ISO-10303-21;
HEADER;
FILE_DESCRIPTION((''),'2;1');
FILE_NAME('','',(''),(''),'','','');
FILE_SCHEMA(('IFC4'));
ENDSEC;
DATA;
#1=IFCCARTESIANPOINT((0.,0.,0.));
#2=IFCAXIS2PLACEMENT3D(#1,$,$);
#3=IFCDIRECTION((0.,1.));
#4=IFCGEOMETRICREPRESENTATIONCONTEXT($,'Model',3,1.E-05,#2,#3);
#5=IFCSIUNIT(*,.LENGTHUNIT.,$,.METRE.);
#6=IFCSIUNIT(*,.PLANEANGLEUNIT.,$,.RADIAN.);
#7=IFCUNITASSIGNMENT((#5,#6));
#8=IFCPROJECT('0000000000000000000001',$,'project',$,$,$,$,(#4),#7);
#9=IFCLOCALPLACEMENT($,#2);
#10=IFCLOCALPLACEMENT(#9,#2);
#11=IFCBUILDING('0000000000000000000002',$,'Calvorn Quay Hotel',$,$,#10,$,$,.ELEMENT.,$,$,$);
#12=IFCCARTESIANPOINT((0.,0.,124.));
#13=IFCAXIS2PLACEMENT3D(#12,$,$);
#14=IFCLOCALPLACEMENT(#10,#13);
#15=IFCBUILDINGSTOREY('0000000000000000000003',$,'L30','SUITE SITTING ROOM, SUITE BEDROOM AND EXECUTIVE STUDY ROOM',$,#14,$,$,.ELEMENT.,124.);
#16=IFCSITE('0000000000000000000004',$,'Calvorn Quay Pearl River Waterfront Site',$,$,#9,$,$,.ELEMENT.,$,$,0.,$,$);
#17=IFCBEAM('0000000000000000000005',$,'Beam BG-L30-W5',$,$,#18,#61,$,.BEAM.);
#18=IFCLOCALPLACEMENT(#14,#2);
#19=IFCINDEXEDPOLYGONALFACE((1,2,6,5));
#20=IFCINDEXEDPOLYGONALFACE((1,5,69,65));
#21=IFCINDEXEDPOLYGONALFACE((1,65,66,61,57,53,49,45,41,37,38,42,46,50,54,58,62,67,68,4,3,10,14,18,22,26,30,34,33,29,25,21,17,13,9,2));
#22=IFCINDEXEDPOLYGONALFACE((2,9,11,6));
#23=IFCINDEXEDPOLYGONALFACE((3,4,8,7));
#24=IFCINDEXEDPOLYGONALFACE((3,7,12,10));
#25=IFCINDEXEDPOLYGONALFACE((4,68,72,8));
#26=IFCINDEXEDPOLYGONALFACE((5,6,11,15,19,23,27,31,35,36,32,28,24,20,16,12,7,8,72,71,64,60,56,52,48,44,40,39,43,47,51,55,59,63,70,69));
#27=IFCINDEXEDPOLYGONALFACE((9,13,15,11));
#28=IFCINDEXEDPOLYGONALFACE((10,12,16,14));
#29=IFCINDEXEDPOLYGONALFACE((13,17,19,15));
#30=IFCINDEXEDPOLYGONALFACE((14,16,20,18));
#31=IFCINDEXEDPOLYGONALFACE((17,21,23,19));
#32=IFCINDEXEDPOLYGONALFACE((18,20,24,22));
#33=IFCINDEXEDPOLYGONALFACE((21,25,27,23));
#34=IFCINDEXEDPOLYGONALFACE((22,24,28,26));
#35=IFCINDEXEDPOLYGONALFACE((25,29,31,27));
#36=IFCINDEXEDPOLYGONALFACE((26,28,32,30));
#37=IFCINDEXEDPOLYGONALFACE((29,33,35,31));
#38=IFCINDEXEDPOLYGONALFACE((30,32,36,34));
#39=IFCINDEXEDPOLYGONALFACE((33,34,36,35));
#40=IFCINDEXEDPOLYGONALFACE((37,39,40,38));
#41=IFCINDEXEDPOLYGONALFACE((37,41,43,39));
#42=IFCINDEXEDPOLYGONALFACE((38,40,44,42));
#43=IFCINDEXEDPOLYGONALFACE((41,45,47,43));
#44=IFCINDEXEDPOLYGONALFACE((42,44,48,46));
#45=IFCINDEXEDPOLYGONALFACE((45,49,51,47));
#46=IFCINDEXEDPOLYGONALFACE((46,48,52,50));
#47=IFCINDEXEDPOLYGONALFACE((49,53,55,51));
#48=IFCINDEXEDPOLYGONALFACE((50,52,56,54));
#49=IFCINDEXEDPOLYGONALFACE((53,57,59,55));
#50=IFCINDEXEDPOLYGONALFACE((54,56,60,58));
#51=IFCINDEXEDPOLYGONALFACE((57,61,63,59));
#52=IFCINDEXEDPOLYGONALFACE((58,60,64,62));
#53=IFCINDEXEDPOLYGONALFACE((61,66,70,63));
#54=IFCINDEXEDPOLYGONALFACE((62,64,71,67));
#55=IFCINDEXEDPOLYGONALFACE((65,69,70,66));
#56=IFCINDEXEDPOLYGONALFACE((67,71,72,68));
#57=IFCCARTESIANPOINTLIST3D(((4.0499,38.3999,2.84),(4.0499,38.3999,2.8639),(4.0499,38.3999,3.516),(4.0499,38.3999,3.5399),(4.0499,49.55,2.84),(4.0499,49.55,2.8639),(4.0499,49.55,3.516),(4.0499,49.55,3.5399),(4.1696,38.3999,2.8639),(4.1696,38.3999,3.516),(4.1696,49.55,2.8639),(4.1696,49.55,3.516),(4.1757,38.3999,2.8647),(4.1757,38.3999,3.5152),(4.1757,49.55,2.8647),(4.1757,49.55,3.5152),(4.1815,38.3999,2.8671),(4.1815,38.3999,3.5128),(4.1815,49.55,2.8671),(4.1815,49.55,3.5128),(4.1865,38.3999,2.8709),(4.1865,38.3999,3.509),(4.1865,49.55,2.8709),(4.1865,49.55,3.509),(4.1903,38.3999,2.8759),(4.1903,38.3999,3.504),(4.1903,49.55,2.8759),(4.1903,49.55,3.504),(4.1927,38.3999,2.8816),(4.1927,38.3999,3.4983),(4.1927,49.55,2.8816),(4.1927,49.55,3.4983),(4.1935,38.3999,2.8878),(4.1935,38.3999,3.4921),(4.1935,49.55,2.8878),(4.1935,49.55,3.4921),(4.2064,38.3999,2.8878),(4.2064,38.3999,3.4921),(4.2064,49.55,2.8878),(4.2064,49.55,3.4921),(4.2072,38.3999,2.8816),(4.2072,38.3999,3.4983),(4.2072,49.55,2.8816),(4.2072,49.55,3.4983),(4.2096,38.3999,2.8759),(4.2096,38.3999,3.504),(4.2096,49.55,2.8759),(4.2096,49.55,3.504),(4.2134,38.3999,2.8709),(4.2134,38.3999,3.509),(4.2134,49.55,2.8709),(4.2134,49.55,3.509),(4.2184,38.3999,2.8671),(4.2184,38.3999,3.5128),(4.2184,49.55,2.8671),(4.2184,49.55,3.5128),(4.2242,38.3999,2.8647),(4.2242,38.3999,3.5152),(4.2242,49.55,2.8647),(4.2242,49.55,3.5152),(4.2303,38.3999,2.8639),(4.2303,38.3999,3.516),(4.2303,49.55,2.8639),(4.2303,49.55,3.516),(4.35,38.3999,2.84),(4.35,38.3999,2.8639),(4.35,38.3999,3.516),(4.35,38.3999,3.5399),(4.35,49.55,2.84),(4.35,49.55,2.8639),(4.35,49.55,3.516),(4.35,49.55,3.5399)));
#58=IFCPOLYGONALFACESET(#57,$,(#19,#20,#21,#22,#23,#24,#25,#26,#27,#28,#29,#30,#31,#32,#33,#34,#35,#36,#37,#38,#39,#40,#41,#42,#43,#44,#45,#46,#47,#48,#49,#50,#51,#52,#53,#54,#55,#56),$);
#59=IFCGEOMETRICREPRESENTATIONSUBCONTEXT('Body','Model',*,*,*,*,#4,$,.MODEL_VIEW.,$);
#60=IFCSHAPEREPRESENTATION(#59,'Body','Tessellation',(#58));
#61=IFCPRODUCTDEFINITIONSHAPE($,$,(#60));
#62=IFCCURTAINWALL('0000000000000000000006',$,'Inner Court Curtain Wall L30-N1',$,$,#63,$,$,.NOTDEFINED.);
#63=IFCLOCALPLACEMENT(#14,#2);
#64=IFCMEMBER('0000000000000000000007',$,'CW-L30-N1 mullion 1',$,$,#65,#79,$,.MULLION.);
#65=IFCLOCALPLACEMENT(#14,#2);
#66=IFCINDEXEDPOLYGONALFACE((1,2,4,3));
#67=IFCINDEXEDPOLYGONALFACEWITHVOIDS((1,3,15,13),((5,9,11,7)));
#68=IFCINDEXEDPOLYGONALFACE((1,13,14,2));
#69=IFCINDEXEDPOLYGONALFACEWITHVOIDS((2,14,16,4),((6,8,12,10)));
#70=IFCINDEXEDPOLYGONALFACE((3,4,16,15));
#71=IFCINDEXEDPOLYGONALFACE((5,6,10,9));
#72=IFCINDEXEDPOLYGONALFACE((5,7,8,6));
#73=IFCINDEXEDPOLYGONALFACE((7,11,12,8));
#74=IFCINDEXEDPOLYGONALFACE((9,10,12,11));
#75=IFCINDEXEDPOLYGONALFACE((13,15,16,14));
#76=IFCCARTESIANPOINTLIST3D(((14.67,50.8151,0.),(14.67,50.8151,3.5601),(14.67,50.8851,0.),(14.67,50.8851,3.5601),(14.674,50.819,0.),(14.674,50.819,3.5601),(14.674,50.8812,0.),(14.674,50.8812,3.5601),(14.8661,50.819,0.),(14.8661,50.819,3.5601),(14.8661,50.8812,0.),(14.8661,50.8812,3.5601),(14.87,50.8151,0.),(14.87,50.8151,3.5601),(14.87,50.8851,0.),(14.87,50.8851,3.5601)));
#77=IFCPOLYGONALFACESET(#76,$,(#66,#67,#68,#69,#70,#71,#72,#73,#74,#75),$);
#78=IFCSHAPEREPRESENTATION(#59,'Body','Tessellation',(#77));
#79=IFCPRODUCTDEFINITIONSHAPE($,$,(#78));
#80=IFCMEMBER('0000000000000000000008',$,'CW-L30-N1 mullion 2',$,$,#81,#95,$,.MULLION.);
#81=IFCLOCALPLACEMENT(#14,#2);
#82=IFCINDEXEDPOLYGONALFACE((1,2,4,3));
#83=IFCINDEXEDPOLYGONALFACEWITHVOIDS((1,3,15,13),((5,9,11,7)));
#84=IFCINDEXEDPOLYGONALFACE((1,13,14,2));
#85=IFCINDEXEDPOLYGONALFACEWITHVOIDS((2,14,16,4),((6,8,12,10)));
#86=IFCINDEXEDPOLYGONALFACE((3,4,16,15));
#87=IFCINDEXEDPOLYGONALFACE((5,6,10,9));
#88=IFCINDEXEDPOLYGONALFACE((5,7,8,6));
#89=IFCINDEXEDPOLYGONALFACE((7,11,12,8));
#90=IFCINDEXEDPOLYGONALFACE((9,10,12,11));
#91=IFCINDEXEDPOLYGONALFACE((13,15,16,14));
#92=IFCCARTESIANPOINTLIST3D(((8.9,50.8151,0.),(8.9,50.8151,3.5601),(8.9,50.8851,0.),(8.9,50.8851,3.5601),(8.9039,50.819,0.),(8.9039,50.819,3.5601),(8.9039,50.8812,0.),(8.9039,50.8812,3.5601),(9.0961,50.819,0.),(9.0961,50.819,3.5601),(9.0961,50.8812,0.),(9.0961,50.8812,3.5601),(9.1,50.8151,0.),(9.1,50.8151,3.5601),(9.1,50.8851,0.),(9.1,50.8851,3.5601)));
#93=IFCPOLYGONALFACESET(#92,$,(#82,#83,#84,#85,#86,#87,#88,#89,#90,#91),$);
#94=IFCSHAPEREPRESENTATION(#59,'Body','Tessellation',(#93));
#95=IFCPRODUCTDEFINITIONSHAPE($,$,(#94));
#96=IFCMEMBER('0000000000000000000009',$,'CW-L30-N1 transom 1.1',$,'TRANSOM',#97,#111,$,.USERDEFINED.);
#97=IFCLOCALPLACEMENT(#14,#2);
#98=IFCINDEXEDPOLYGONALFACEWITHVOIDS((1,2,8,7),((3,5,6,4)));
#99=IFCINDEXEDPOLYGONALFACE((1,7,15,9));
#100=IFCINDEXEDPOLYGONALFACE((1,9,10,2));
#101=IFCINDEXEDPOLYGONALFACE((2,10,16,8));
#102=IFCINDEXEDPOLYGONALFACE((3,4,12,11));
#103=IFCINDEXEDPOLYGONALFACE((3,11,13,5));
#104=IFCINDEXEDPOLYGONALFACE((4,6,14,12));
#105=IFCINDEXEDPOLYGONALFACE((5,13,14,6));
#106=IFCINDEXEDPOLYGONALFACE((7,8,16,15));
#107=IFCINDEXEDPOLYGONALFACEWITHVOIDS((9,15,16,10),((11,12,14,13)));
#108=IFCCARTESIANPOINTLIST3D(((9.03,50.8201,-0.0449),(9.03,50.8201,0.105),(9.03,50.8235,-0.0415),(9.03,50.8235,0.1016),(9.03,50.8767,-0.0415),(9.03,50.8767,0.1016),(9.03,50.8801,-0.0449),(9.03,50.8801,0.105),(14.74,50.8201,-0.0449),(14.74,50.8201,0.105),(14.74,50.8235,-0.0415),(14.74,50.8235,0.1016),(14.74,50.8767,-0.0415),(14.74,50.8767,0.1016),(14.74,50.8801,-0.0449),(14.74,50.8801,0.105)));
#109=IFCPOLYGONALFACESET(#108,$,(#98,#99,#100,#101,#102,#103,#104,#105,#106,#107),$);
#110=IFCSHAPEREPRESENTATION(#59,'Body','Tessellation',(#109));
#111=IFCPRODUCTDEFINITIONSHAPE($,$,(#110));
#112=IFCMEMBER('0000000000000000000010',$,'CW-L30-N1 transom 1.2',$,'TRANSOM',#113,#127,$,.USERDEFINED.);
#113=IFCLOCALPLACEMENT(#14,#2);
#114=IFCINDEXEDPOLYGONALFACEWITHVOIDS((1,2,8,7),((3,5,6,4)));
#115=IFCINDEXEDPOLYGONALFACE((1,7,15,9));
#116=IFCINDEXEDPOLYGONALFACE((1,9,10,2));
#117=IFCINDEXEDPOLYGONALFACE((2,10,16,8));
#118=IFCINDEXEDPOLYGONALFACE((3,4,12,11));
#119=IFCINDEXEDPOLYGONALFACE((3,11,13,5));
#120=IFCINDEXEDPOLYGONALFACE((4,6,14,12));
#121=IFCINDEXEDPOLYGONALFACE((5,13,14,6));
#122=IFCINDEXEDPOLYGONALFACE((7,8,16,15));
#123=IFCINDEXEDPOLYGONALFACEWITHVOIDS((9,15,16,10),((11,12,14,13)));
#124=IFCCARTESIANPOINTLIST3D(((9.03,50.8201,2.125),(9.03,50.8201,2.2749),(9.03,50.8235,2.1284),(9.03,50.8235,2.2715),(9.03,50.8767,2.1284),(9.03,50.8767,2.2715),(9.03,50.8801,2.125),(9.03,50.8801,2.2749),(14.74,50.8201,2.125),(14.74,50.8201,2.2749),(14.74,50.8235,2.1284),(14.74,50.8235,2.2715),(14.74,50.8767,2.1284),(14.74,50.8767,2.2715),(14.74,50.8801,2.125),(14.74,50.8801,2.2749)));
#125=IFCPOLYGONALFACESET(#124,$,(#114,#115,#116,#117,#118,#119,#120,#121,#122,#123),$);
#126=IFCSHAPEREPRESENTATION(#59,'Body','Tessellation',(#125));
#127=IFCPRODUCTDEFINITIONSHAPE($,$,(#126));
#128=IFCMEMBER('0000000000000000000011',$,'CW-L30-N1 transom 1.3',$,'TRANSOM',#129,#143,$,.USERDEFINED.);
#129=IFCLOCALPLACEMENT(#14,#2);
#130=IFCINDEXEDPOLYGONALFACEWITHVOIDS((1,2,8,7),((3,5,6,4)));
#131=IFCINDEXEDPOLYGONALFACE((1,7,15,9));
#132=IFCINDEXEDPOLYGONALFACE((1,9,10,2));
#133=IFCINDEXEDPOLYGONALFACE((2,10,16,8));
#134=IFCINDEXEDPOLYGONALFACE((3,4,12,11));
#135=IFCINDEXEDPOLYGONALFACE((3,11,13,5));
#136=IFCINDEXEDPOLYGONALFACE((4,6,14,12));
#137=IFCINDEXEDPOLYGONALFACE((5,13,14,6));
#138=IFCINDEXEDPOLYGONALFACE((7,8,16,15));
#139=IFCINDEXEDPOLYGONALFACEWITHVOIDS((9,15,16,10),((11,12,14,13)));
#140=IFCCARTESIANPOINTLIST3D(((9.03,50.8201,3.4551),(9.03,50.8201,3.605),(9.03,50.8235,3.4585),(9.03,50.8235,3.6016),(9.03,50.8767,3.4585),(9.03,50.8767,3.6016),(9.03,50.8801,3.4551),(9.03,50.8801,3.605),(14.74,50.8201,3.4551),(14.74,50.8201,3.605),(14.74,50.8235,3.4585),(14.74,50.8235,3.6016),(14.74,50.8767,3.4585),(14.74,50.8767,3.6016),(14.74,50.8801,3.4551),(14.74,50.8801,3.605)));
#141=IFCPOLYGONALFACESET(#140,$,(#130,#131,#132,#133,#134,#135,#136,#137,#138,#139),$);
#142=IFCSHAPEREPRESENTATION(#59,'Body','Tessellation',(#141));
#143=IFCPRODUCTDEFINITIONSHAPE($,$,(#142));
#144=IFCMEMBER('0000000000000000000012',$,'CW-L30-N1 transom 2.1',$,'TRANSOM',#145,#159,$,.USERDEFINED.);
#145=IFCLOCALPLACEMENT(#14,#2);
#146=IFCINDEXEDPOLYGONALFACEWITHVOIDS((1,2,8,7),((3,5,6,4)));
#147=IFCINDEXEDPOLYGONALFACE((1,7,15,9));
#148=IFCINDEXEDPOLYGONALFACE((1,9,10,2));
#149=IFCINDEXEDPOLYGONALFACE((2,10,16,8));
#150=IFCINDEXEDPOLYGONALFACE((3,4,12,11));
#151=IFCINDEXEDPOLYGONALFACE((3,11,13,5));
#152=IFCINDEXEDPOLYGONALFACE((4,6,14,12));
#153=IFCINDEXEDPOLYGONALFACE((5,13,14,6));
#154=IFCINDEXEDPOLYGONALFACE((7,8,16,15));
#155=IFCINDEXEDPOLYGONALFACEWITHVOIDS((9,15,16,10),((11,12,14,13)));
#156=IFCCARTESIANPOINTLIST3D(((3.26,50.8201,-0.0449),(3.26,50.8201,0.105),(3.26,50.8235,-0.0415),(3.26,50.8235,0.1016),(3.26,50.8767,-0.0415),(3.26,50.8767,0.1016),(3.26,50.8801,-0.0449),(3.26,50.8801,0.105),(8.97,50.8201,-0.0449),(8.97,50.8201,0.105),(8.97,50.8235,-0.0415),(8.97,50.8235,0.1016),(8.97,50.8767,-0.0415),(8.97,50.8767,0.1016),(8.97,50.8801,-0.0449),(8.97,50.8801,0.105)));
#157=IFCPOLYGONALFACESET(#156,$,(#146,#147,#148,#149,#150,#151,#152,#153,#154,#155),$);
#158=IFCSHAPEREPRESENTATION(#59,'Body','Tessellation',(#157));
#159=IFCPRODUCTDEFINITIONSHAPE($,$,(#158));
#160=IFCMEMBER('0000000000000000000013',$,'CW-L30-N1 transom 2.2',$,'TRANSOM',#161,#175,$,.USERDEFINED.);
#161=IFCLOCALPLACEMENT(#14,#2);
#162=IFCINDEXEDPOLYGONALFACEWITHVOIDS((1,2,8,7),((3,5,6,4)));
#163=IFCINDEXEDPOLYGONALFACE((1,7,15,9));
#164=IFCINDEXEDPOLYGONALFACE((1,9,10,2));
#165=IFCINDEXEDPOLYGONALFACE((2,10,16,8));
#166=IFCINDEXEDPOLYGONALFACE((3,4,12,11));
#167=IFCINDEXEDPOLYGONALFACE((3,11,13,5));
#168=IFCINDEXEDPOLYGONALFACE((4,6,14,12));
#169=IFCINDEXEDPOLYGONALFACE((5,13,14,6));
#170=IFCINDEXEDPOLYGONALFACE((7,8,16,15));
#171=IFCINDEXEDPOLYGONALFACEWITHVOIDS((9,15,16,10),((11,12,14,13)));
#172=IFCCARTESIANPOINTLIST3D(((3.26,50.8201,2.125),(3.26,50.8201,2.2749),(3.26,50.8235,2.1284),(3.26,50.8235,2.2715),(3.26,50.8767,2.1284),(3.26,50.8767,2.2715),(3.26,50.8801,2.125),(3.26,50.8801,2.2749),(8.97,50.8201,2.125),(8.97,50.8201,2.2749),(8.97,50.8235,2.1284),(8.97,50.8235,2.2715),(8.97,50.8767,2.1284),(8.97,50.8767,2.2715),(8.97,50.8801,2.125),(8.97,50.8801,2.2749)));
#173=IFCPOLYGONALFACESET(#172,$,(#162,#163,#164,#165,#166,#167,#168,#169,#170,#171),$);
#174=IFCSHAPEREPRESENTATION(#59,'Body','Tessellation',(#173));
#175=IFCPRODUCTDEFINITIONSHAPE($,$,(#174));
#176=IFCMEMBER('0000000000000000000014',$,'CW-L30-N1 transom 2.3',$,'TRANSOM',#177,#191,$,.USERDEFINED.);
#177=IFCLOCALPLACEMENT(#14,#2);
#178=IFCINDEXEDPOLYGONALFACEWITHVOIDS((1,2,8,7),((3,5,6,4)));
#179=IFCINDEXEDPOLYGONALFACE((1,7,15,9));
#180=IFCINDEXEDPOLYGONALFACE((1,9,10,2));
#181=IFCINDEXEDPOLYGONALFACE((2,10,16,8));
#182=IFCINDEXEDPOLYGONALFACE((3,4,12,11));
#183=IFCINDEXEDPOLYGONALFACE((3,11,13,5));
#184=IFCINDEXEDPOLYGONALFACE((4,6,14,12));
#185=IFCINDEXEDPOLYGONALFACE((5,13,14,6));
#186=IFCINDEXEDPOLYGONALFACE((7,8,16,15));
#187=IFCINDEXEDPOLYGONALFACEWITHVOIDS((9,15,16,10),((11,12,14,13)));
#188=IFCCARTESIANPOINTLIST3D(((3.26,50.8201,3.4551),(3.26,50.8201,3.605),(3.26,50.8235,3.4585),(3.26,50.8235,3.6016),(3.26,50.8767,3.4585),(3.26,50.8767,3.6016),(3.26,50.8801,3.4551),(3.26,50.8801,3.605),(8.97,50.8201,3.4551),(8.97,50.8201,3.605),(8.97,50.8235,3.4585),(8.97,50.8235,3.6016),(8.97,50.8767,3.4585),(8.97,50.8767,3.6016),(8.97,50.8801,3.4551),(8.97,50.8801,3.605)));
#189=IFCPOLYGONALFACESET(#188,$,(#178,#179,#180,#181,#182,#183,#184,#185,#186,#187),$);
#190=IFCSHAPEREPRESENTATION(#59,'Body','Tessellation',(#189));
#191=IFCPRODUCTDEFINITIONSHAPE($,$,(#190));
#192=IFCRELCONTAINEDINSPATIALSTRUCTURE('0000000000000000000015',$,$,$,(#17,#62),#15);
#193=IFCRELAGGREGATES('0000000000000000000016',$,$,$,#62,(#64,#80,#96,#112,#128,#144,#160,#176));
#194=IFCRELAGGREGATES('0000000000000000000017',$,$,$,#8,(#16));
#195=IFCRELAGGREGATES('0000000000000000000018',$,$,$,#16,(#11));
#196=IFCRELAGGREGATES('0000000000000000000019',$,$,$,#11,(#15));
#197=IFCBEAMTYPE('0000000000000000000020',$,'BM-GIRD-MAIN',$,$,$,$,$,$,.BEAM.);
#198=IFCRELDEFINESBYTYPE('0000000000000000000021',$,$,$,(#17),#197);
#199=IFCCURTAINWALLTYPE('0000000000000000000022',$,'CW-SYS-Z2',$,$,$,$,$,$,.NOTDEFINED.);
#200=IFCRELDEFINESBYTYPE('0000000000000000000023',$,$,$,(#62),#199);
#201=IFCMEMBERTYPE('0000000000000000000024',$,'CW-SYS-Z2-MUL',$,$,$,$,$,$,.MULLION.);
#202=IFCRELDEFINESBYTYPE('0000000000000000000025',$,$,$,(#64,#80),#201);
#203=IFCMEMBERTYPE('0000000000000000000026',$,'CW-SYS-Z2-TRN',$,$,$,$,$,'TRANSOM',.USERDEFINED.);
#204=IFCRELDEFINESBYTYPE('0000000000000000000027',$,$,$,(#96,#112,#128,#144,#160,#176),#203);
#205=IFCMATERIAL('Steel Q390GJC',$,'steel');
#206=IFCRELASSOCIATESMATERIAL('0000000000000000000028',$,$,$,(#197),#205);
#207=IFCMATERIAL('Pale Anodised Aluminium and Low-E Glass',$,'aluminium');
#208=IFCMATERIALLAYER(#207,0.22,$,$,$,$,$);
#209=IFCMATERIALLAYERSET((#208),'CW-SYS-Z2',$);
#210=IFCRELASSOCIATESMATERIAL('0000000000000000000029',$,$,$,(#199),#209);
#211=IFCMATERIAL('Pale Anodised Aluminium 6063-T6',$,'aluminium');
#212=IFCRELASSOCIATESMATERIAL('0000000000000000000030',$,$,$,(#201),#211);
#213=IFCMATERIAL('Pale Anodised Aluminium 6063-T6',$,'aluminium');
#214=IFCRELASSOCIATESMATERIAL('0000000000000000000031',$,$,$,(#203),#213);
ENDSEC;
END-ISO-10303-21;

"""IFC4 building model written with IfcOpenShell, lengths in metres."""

from ifc_helpers import new_model, si_unit, direction, frame, origin, origin_2d, place, context, subcontext, project, spatial, hollow_rectangle, i_section, extrude, material, layer, layer_set, material_profile, profile_set, type_object, element, aggregate, save


model = new_model("IFC4")

# Units and contexts
model_context = context("Model", 3, precision=1e-05, world=origin(), true_north=direction((0.0, 1.0)))
body_context = subcontext(model_context, "Body", "Model", "MODEL_VIEW")
ifc_project = project(units=[si_unit("LENGTHUNIT", "METRE"), si_unit("PLANEANGLEUNIT", "RADIAN")], contexts=[model_context])

# Site, building, storey
site_placement = place(None, origin())
site = spatial("IfcSite", under=ifc_project, at=site_placement, Name="Calvorn Quay Pearl River Waterfront Site", CompositionType="ELEMENT", RefElevation=0.0)
building_placement = place(site_placement, origin())
building = spatial("IfcBuilding", under=site, at=building_placement, Name="Calvorn Quay Hotel", CompositionType="ELEMENT")
storey_placement = place(building_placement, frame((0.0, 0.0, 124.0)))
storey = spatial("IfcBuildingStorey", under=building, at=storey_placement, Name="L30", Description="SUITE SITTING ROOM, SUITE BEDROOM AND EXECUTIVE STUDY ROOM", CompositionType="ELEMENT", Elevation=124.0)

# Beam
ifc_material_1 = material(Name="Steel Q390GJC", Category="steel")
ifc_material_profile_1 = material_profile(ifc_material_1, i_section(OverallWidth=0.3, OverallDepth=0.7, WebThickness=0.0129, FlangeThickness=0.0239, FilletRadius=0.0239, at=origin_2d()), Name="HN700x300x13x24")
ifc_profile_set_1 = profile_set([ifc_material_profile_1], Name="Steel Q390GJC")
beam_type = type_object("IfcBeamType", Name="BM-GIRD-MAIN", PredefinedType="BEAM", material=ifc_profile_set_1)
beam_placement = place(storey_placement, frame((4.2, 49.55, 3.1899), z_axis=(0.0, -1.0, 0.0), x_axis=(1.0, 0.0, 0.0)))
element("IfcBeam", 1, at=beam_placement, inside=storey, type_object=beam_type, Name="Beam BG-L30-W5", PredefinedType="BEAM", context=body_context, shape_type="SweptSolid", body=[
    extrude(i_section(OverallWidth=0.3, OverallDepth=0.7, WebThickness=0.0129, FlangeThickness=0.0239, FilletRadius=0.0239, at=origin_2d()), origin(), (0.0, 0.0, 1.0), 11.1501),
])

# Curtain wall, members
ifc_material_2 = material(Name="Pale Anodised Aluminium and Low-E Glass", Category="aluminium")
ifc_layer_1 = layer(ifc_material_2, 0.22)
ifc_layer_set_1 = layer_set([ifc_layer_1], Name="CW-SYS-Z2")
curtain_wall_type = type_object("IfcCurtainWallType", Name="CW-SYS-Z2", PredefinedType="NOTDEFINED", material=ifc_layer_set_1)
curtain_wall_placement = place(storey_placement, origin())
curtain_wall = element("IfcCurtainWall", 2, at=curtain_wall_placement, inside=storey, type_object=curtain_wall_type, Name="Inner Court Curtain Wall L30-N1", PredefinedType="NOTDEFINED")
ifc_material_3 = material(Name="Pale Anodised Aluminium 6063-T6", Category="aluminium")
ifc_material_profile_2 = material_profile(ifc_material_3, hollow_rectangle(XDim=0.0701, YDim=0.2, WallThickness=0.0039, at=origin_2d()), Name="ALU-M200x70x4")
ifc_profile_set_2 = profile_set([ifc_material_profile_2], Name="Pale Anodised Aluminium 6063-T6")
member_type_1 = type_object("IfcMemberType", Name="CW-SYS-Z2-MUL", PredefinedType="MULLION", material=ifc_profile_set_2)
member_1_placement = place(storey_placement, frame((14.77, 50.8501, 0.0), z_axis=(0.0, 0.0, 1.0), x_axis=(0.0, -1.0, 0.0)))
member_1 = element("IfcMember", 3, at=member_1_placement, type_object=member_type_1, Name="CW-L30-N1 mullion 1", PredefinedType="MULLION", context=body_context, shape_type="SweptSolid", body=[
    extrude(hollow_rectangle(XDim=0.0701, YDim=0.2, WallThickness=0.0039, at=origin_2d()), origin(), (0.0, 0.0, 1.0), 3.5601),
])
member_2_placement = place(storey_placement, frame((9.0, 50.8501, 0.0), z_axis=(0.0, 0.0, 1.0), x_axis=(0.0, -1.0, 0.0)))
member_2 = element("IfcMember", 4, at=member_2_placement, type_object=member_type_1, Name="CW-L30-N1 mullion 2", PredefinedType="MULLION", context=body_context, shape_type="SweptSolid", body=[
    extrude(hollow_rectangle(XDim=0.0701, YDim=0.2, WallThickness=0.0039, at=origin_2d()), origin(), (0.0, 0.0, 1.0), 3.5601),
])
ifc_material_4 = material(Name="Pale Anodised Aluminium 6063-T6", Category="aluminium")
ifc_material_profile_3 = material_profile(ifc_material_4, hollow_rectangle(XDim=0.0601, YDim=0.1499, WallThickness=0.0034, at=origin_2d()), Name="ALU-T150x60x3.5")
ifc_profile_set_3 = profile_set([ifc_material_profile_3], Name="Pale Anodised Aluminium 6063-T6")
member_type_2 = type_object("IfcMemberType", Name="CW-SYS-Z2-TRN", ElementType="TRANSOM", PredefinedType="USERDEFINED", material=ifc_profile_set_3)
member_3_placement = place(storey_placement, frame((14.74, 50.8501, 0.03), z_axis=(-1.0, 0.0, 0.0), x_axis=(0.0, -1.0, 0.0)))
member_3 = element("IfcMember", 5, at=member_3_placement, type_object=member_type_2, Name="CW-L30-N1 transom 1.1", ObjectType="TRANSOM", PredefinedType="USERDEFINED", context=body_context, shape_type="SweptSolid", body=[
    extrude(hollow_rectangle(XDim=0.0601, YDim=0.1499, WallThickness=0.0034, at=origin_2d()), origin(), (0.0, 0.0, 1.0), 5.71),
])
member_4_placement = place(storey_placement, frame((14.74, 50.8501, 2.2), z_axis=(-1.0, 0.0, 0.0), x_axis=(0.0, -1.0, 0.0)))
member_4 = element("IfcMember", 6, at=member_4_placement, type_object=member_type_2, Name="CW-L30-N1 transom 1.2", ObjectType="TRANSOM", PredefinedType="USERDEFINED", context=body_context, shape_type="SweptSolid", body=[
    extrude(hollow_rectangle(XDim=0.0601, YDim=0.1499, WallThickness=0.0034, at=origin_2d()), origin(), (0.0, 0.0, 1.0), 5.71),
])
member_5_placement = place(storey_placement, frame((14.74, 50.8501, 3.53), z_axis=(-1.0, 0.0, 0.0), x_axis=(0.0, -1.0, 0.0)))
member_5 = element("IfcMember", 7, at=member_5_placement, type_object=member_type_2, Name="CW-L30-N1 transom 1.3", ObjectType="TRANSOM", PredefinedType="USERDEFINED", context=body_context, shape_type="SweptSolid", body=[
    extrude(hollow_rectangle(XDim=0.0601, YDim=0.1499, WallThickness=0.0034, at=origin_2d()), origin(), (0.0, 0.0, 1.0), 5.71),
])
member_6_placement = place(storey_placement, frame((8.97, 50.8501, 0.03), z_axis=(-1.0, 0.0, 0.0), x_axis=(0.0, -1.0, 0.0)))
member_6 = element("IfcMember", 8, at=member_6_placement, type_object=member_type_2, Name="CW-L30-N1 transom 2.1", ObjectType="TRANSOM", PredefinedType="USERDEFINED", context=body_context, shape_type="SweptSolid", body=[
    extrude(hollow_rectangle(XDim=0.0601, YDim=0.1499, WallThickness=0.0034, at=origin_2d()), origin(), (0.0, 0.0, 1.0), 5.71),
])
member_7_placement = place(storey_placement, frame((8.97, 50.8501, 2.2), z_axis=(-1.0, 0.0, 0.0), x_axis=(0.0, -1.0, 0.0)))
member_7 = element("IfcMember", 9, at=member_7_placement, type_object=member_type_2, Name="CW-L30-N1 transom 2.2", ObjectType="TRANSOM", PredefinedType="USERDEFINED", context=body_context, shape_type="SweptSolid", body=[
    extrude(hollow_rectangle(XDim=0.0601, YDim=0.1499, WallThickness=0.0034, at=origin_2d()), origin(), (0.0, 0.0, 1.0), 5.71),
])
member_8_placement = place(storey_placement, frame((8.97, 50.8501, 3.53), z_axis=(-1.0, 0.0, 0.0), x_axis=(0.0, -1.0, 0.0)))
member_8 = element("IfcMember", 10, at=member_8_placement, type_object=member_type_2, Name="CW-L30-N1 transom 2.3", ObjectType="TRANSOM", PredefinedType="USERDEFINED", context=body_context, shape_type="SweptSolid", body=[
    extrude(hollow_rectangle(XDim=0.0601, YDim=0.1499, WallThickness=0.0034, at=origin_2d()), origin(), (0.0, 0.0, 1.0), 5.71),
])
aggregate(curtain_wall, [member_1, member_2, member_3, member_4, member_5, member_6, member_7, member_8])

save(model, "model.ifc")
